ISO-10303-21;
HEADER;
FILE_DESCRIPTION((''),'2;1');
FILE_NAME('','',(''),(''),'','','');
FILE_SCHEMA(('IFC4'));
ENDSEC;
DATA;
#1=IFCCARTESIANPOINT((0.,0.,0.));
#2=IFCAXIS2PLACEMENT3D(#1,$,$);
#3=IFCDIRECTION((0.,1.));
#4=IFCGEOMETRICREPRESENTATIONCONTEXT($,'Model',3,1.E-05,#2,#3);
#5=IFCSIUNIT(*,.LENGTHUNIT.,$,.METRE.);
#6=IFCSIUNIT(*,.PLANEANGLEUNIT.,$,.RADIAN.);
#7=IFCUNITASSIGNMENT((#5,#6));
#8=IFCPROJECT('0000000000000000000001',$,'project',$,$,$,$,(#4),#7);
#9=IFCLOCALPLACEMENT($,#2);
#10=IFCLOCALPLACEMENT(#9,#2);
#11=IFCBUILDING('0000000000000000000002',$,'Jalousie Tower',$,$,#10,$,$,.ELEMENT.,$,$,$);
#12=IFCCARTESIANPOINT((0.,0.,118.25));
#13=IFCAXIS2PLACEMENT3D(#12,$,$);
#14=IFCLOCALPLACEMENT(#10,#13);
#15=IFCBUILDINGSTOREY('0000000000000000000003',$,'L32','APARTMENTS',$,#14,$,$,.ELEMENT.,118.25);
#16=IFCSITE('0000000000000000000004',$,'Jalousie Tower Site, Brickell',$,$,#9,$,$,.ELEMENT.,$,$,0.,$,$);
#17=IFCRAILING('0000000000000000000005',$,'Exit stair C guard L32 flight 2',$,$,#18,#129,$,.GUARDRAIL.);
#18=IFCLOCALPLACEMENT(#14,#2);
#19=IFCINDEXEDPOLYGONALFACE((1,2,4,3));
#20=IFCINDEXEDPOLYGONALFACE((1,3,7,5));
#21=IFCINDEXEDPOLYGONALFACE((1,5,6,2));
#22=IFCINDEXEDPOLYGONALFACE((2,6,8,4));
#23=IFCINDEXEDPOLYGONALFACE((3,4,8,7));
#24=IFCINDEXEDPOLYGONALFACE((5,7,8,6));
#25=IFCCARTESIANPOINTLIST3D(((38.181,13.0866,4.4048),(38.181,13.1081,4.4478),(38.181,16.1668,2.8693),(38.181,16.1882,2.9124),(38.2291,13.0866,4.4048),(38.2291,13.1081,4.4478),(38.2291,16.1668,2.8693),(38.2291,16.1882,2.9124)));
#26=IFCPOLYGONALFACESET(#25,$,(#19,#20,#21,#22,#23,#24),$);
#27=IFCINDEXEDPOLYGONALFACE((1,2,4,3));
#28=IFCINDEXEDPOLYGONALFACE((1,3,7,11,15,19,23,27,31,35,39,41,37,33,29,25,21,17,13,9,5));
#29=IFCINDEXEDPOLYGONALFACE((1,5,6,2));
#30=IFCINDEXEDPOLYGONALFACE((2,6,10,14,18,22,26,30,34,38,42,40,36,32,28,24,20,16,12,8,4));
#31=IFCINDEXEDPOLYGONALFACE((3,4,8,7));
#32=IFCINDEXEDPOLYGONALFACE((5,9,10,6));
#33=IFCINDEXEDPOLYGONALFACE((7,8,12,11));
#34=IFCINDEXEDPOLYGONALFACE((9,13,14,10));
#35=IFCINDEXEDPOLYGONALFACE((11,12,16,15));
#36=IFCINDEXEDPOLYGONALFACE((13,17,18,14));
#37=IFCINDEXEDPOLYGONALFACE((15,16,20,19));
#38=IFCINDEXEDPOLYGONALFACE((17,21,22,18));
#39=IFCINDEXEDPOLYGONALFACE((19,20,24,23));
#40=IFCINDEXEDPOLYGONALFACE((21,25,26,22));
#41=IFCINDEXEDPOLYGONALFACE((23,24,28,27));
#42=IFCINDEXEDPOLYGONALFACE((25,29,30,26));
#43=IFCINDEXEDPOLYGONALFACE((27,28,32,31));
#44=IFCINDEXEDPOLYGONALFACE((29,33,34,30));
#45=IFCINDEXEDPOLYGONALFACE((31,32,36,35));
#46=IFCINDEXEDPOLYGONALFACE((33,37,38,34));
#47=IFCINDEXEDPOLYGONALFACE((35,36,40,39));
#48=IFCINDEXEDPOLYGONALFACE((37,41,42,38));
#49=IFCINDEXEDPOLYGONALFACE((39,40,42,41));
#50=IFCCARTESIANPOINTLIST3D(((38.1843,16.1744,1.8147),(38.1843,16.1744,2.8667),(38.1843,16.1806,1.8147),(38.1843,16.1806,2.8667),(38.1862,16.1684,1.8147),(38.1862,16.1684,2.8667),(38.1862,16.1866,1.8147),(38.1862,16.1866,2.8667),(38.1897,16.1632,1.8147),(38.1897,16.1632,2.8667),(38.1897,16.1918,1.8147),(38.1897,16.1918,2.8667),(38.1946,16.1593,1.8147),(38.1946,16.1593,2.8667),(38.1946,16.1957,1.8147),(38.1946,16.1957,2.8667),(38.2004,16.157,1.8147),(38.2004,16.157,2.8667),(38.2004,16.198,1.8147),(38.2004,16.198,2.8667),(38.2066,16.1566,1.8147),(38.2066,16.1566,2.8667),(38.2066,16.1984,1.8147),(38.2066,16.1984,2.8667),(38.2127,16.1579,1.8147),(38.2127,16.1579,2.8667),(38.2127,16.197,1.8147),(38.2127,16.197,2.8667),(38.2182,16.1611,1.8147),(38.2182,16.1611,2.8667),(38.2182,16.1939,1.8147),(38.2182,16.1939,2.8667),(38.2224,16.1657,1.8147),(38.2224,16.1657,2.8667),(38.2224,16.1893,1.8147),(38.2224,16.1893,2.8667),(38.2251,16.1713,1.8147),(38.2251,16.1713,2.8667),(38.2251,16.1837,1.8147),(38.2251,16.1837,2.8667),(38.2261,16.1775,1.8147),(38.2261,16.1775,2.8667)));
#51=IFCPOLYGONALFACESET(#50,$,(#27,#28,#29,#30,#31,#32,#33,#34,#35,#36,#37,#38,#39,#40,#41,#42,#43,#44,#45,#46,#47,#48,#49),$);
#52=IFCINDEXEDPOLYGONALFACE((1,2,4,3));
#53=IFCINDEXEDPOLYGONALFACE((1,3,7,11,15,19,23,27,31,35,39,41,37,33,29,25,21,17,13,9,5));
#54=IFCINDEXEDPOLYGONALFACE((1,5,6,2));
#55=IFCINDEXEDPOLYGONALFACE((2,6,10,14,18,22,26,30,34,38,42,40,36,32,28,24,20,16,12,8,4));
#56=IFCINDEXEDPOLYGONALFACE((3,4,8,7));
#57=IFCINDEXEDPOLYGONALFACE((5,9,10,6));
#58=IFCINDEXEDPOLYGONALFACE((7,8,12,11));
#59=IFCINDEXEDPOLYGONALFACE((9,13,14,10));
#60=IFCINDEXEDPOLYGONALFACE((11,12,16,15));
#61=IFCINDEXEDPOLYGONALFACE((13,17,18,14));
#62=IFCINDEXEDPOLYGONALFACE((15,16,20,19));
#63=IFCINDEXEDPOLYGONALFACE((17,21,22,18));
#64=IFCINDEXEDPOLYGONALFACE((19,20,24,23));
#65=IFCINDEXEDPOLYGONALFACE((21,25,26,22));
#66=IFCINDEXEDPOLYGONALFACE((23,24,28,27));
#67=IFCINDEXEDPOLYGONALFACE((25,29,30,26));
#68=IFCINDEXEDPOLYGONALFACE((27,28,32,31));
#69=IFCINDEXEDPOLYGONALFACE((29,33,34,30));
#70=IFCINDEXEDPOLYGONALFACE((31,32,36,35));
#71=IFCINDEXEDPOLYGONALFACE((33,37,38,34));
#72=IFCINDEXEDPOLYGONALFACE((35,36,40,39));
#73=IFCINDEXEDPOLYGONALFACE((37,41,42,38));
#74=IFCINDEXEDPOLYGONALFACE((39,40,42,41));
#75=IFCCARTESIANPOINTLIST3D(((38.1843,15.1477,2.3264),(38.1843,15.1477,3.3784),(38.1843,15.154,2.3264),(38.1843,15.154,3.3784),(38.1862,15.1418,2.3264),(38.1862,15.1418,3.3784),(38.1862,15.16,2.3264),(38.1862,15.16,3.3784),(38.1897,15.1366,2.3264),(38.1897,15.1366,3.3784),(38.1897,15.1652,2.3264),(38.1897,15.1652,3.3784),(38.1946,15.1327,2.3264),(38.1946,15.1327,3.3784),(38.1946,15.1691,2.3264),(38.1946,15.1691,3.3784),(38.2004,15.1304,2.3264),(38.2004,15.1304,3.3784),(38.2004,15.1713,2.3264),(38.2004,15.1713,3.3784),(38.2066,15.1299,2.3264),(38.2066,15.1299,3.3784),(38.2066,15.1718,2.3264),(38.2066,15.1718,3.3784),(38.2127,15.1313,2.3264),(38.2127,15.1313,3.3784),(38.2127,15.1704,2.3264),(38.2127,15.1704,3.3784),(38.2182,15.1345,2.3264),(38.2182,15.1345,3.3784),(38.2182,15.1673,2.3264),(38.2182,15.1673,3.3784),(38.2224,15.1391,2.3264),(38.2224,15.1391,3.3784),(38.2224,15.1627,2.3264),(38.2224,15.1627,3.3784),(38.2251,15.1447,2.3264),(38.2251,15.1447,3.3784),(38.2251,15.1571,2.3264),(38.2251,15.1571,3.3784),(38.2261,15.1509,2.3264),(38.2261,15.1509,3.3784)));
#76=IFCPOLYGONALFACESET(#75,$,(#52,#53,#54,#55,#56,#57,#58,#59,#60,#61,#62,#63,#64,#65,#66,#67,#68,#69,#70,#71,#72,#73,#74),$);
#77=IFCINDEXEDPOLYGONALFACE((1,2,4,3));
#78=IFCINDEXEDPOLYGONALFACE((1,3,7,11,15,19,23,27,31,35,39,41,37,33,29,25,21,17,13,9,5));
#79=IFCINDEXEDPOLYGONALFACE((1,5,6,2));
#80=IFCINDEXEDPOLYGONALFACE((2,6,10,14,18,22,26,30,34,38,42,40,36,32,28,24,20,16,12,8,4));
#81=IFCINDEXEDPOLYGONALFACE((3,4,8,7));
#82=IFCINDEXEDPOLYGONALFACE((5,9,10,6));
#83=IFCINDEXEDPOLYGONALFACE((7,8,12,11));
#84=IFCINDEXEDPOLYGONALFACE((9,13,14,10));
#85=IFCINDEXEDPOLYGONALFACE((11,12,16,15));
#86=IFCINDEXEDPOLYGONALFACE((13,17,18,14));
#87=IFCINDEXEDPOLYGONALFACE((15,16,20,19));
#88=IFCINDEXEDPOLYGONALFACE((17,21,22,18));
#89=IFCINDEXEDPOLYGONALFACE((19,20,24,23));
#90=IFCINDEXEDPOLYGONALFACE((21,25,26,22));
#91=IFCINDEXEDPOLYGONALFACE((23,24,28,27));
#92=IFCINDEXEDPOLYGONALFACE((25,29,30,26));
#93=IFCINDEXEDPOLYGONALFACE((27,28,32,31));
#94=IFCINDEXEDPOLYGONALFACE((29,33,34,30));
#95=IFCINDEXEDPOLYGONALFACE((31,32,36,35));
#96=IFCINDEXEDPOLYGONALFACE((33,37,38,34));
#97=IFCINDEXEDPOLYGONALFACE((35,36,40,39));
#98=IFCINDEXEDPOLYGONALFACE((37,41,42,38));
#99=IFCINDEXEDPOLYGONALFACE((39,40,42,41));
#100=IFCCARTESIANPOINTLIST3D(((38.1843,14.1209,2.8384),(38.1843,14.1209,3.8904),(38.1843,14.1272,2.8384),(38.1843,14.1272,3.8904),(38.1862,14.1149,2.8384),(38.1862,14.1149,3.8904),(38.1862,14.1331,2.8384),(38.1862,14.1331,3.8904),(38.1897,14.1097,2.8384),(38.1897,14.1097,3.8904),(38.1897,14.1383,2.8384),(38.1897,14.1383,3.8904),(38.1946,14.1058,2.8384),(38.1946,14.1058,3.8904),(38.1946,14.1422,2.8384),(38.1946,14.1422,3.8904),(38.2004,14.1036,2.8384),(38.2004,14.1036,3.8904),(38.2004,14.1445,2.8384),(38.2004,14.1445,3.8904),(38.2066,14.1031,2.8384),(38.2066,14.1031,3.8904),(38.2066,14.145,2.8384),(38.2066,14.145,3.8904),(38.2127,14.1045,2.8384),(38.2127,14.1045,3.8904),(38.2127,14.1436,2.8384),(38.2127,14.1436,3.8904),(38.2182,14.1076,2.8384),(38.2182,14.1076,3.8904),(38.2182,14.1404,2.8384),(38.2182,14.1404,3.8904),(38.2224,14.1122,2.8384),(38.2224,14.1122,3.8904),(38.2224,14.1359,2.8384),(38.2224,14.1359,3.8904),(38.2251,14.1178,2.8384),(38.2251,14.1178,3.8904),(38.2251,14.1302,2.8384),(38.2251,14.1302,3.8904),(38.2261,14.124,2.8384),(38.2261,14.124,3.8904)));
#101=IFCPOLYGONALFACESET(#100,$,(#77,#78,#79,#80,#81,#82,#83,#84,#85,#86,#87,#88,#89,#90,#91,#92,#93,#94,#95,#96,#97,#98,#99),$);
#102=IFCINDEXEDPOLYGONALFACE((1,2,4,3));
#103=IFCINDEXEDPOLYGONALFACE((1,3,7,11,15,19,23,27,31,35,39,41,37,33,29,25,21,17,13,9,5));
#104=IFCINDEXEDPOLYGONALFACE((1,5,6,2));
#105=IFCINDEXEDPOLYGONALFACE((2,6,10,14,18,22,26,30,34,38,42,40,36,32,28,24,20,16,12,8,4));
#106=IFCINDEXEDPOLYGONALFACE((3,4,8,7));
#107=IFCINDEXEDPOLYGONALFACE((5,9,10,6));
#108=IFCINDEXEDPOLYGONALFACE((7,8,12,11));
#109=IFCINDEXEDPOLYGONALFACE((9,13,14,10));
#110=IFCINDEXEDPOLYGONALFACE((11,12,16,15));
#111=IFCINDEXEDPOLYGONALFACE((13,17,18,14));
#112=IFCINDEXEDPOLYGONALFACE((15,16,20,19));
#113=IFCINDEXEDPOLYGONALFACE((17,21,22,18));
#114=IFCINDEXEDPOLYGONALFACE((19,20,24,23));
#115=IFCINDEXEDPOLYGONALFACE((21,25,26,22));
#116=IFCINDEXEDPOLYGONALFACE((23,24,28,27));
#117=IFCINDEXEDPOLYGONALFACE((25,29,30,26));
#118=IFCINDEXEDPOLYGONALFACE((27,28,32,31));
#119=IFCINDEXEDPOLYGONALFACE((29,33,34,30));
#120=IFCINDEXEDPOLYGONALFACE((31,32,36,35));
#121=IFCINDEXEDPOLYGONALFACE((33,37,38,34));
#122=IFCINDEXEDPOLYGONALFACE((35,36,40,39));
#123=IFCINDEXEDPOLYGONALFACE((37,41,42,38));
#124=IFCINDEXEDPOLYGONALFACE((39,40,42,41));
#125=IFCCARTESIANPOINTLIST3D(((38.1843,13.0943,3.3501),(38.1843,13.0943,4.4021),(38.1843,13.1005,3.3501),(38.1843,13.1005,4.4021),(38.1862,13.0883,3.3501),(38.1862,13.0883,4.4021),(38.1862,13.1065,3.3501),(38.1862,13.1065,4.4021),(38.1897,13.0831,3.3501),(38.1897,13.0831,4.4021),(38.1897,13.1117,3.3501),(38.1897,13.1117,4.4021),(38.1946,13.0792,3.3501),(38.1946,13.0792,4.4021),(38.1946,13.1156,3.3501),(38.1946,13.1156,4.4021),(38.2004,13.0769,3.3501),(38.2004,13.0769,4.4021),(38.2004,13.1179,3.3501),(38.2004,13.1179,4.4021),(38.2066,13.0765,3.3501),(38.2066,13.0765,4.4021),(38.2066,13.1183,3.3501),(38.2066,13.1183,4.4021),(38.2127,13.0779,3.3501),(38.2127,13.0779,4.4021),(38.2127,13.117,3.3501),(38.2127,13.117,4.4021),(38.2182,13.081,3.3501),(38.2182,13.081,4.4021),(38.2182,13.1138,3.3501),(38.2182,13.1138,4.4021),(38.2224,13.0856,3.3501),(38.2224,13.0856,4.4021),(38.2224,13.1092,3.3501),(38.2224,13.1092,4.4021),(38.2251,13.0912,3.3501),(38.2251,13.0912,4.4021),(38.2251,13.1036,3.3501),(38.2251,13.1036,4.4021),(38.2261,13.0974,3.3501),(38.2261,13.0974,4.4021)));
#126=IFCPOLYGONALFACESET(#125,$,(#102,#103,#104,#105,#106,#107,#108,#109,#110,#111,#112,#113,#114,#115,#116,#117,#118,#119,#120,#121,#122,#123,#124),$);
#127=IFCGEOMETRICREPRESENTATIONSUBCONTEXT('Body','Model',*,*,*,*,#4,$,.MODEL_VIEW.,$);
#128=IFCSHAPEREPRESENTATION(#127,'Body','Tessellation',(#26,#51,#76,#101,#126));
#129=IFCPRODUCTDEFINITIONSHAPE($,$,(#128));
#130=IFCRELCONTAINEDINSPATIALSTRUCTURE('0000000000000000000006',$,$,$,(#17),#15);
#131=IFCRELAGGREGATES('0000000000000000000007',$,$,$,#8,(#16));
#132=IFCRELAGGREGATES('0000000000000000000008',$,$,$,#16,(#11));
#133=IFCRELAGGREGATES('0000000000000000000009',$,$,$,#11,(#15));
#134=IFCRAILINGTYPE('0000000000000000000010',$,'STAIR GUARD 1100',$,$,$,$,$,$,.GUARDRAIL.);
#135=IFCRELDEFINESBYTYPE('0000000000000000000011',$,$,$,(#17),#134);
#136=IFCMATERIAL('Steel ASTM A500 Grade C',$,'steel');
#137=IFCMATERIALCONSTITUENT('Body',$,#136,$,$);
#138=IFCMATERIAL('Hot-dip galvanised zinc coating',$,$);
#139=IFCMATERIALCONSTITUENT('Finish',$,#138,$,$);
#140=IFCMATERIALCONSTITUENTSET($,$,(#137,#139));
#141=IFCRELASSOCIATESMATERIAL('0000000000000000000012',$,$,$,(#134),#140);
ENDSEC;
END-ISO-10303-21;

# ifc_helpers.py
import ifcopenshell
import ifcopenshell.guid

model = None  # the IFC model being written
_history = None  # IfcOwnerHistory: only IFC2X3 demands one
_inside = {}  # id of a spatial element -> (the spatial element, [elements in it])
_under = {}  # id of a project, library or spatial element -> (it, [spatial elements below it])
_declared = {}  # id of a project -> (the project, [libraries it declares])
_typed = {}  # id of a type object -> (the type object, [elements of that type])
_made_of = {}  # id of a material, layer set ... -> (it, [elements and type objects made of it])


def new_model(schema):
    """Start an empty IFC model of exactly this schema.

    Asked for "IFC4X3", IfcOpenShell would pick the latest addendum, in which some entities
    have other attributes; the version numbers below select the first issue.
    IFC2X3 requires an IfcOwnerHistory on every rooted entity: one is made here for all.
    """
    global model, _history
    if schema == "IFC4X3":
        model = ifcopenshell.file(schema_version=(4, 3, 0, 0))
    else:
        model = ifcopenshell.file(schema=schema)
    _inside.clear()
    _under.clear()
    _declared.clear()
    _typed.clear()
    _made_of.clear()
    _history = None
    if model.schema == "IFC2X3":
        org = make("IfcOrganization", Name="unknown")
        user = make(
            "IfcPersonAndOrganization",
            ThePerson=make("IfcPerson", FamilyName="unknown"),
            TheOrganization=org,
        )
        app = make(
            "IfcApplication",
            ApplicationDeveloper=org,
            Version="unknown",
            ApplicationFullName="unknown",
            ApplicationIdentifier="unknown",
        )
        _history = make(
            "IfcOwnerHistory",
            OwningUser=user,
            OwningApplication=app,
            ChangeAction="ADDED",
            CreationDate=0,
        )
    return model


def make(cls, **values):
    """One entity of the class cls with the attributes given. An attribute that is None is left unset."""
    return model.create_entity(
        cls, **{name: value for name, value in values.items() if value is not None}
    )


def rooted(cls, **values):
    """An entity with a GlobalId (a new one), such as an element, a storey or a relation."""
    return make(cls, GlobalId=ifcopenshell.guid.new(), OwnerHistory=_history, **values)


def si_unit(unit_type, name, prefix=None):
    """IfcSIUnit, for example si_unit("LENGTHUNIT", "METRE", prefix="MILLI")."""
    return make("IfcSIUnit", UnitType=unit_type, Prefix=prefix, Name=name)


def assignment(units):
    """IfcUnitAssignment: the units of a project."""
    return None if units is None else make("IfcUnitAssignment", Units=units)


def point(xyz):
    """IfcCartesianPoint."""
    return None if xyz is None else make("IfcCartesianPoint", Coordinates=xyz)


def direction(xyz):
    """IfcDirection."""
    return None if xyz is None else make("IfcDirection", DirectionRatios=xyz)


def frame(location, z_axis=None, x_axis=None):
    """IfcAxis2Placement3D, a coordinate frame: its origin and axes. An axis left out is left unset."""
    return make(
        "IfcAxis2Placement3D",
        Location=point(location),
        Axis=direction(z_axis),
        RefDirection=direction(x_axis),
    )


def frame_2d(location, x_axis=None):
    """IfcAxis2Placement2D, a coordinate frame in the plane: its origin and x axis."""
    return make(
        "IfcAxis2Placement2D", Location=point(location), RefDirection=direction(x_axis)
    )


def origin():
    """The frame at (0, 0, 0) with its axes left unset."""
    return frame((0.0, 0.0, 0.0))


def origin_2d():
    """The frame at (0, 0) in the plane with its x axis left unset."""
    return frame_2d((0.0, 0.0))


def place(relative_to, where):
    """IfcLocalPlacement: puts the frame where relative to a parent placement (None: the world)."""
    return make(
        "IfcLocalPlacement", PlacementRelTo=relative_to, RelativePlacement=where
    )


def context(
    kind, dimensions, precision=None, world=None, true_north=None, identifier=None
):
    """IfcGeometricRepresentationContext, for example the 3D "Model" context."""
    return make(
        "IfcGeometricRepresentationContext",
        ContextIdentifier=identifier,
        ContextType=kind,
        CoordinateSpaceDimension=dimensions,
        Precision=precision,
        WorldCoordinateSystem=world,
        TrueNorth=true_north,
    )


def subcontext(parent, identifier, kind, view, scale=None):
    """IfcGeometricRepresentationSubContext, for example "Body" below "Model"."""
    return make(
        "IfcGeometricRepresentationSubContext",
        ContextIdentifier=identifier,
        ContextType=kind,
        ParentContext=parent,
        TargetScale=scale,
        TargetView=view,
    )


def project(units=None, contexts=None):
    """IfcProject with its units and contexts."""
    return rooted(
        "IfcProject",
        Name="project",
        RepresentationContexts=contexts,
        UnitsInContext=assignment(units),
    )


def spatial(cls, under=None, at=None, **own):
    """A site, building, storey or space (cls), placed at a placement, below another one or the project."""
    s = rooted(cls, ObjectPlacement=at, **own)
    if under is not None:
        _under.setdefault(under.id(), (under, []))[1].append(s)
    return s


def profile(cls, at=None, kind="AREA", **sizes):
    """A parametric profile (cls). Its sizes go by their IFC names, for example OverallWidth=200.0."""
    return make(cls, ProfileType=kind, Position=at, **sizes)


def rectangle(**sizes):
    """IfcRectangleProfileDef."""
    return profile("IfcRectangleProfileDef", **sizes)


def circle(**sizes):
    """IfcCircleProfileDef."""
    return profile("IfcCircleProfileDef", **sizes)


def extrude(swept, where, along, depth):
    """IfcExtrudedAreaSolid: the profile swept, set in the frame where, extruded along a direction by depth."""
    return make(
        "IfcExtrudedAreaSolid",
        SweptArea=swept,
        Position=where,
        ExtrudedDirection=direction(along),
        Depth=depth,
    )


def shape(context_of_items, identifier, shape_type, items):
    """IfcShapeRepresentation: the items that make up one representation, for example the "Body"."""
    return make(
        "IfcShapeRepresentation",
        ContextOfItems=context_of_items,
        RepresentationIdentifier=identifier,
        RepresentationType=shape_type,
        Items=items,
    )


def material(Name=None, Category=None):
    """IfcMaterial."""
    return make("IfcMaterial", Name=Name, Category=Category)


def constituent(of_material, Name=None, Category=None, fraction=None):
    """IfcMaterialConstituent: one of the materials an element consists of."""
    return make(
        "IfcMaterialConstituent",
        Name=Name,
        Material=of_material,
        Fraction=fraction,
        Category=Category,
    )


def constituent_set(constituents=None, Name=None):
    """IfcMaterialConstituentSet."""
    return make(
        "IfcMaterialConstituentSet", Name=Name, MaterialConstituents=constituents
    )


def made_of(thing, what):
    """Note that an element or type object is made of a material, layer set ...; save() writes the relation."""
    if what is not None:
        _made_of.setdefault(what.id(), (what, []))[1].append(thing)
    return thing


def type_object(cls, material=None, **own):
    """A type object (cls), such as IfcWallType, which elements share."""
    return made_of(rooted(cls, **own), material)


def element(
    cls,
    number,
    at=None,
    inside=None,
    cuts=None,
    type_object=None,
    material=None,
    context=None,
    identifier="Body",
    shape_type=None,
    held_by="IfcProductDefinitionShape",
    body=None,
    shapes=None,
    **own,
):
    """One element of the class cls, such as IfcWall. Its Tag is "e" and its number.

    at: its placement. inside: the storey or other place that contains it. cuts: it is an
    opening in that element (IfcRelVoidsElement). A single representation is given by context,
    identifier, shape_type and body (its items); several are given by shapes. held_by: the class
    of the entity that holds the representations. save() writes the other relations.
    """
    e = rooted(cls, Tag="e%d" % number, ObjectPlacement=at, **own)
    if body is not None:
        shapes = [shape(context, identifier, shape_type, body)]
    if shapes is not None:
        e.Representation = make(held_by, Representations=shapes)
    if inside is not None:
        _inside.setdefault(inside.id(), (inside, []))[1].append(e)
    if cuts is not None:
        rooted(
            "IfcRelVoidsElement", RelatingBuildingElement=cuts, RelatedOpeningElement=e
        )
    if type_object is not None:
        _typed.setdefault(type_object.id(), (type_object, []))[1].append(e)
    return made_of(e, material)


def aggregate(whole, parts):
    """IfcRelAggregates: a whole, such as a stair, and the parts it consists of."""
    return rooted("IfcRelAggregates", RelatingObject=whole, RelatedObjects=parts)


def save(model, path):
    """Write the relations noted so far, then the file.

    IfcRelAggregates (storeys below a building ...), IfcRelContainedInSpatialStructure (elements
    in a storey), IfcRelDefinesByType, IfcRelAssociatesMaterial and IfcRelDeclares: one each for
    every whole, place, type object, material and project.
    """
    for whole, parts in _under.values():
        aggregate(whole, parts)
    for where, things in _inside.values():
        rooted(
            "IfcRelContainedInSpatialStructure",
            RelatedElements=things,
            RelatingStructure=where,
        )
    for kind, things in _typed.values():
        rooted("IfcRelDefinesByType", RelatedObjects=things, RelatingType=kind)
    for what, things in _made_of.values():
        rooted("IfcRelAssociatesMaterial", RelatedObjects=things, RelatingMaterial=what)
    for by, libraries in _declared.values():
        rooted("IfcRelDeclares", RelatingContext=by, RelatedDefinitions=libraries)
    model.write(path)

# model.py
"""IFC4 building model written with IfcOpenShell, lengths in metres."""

from ifc_helpers import new_model, si_unit, direction, frame, origin, origin_2d, place, context, subcontext, project, spatial, rectangle, circle, extrude, material, constituent, constituent_set, type_object, element, save


model = new_model("IFC4")

# Units and contexts
model_context = context("Model", 3, precision=1e-05, world=origin(), true_north=direction((0.0, 1.0)))
body_context = subcontext(model_context, "Body", "Model", "MODEL_VIEW")
ifc_project = project(units=[si_unit("LENGTHUNIT", "METRE"), si_unit("PLANEANGLEUNIT", "RADIAN")], contexts=[model_context])

# Site, building, storey
site_placement = place(None, origin())
site = spatial("IfcSite", under=ifc_project, at=site_placement, Name="Jalousie Tower Site, Brickell", CompositionType="ELEMENT", RefElevation=0.0)
building_placement = place(site_placement, origin())
building = spatial("IfcBuilding", under=site, at=building_placement, Name="Jalousie Tower", CompositionType="ELEMENT")
storey_placement = place(building_placement, frame((0.0, 0.0, 118.25)))
storey = spatial("IfcBuildingStorey", under=building, at=storey_placement, Name="L32", Description="APARTMENTS", CompositionType="ELEMENT", Elevation=118.25)

# Railing
ifc_material_1 = material(Name="Steel ASTM A500 Grade C", Category="steel")
ifc_constituent_1 = constituent(ifc_material_1, Name="Body")
ifc_material_2 = material(Name="Hot-dip galvanised zinc coating")
ifc_constituent_2 = constituent(ifc_material_2, Name="Finish")
ifc_constituent_set_1 = constituent_set(constituents=[ifc_constituent_1, ifc_constituent_2])
railing_type_1 = type_object("IfcRailingType", Name="STAIR GUARD 1100", PredefinedType="GUARDRAIL", material=ifc_constituent_set_1)
railing_1_placement = place(storey_placement, frame((38.2051, 16.1775, 1.8147)))
element("IfcRailing", 1, at=railing_1_placement, inside=storey, type_object=railing_type_1, Name="Exit stair C guard L32 flight 2", PredefinedType="GUARDRAIL", context=body_context, shape_type="SweptSolid", body=[
    extrude(rectangle(XDim=0.0481, YDim=0.0481, at=origin_2d()), frame((0.0, 0.0, 1.0762), z_axis=(0.0, -0.894966, 0.446135), x_axis=(1.0, 0.0, 0.0)), (0.0, 0.0, 1.0), 3.4417),
    extrude(circle(Radius=0.021, at=origin_2d()), origin(), (0.0, 0.0, 1.0), 1.052),
    extrude(circle(Radius=0.021, at=origin_2d()), frame((0.0, -1.0266, 0.5117)), (0.0, 0.0, 1.0), 1.052),
    extrude(circle(Radius=0.021, at=origin_2d()), frame((0.0, -2.0535, 1.0237)), (0.0, 0.0, 1.0), 1.052),
    extrude(circle(Radius=0.021, at=origin_2d()), frame((0.0, -3.0801, 1.5354)), (0.0, 0.0, 1.0), 1.052),
])

save(model, "model.ifc")
